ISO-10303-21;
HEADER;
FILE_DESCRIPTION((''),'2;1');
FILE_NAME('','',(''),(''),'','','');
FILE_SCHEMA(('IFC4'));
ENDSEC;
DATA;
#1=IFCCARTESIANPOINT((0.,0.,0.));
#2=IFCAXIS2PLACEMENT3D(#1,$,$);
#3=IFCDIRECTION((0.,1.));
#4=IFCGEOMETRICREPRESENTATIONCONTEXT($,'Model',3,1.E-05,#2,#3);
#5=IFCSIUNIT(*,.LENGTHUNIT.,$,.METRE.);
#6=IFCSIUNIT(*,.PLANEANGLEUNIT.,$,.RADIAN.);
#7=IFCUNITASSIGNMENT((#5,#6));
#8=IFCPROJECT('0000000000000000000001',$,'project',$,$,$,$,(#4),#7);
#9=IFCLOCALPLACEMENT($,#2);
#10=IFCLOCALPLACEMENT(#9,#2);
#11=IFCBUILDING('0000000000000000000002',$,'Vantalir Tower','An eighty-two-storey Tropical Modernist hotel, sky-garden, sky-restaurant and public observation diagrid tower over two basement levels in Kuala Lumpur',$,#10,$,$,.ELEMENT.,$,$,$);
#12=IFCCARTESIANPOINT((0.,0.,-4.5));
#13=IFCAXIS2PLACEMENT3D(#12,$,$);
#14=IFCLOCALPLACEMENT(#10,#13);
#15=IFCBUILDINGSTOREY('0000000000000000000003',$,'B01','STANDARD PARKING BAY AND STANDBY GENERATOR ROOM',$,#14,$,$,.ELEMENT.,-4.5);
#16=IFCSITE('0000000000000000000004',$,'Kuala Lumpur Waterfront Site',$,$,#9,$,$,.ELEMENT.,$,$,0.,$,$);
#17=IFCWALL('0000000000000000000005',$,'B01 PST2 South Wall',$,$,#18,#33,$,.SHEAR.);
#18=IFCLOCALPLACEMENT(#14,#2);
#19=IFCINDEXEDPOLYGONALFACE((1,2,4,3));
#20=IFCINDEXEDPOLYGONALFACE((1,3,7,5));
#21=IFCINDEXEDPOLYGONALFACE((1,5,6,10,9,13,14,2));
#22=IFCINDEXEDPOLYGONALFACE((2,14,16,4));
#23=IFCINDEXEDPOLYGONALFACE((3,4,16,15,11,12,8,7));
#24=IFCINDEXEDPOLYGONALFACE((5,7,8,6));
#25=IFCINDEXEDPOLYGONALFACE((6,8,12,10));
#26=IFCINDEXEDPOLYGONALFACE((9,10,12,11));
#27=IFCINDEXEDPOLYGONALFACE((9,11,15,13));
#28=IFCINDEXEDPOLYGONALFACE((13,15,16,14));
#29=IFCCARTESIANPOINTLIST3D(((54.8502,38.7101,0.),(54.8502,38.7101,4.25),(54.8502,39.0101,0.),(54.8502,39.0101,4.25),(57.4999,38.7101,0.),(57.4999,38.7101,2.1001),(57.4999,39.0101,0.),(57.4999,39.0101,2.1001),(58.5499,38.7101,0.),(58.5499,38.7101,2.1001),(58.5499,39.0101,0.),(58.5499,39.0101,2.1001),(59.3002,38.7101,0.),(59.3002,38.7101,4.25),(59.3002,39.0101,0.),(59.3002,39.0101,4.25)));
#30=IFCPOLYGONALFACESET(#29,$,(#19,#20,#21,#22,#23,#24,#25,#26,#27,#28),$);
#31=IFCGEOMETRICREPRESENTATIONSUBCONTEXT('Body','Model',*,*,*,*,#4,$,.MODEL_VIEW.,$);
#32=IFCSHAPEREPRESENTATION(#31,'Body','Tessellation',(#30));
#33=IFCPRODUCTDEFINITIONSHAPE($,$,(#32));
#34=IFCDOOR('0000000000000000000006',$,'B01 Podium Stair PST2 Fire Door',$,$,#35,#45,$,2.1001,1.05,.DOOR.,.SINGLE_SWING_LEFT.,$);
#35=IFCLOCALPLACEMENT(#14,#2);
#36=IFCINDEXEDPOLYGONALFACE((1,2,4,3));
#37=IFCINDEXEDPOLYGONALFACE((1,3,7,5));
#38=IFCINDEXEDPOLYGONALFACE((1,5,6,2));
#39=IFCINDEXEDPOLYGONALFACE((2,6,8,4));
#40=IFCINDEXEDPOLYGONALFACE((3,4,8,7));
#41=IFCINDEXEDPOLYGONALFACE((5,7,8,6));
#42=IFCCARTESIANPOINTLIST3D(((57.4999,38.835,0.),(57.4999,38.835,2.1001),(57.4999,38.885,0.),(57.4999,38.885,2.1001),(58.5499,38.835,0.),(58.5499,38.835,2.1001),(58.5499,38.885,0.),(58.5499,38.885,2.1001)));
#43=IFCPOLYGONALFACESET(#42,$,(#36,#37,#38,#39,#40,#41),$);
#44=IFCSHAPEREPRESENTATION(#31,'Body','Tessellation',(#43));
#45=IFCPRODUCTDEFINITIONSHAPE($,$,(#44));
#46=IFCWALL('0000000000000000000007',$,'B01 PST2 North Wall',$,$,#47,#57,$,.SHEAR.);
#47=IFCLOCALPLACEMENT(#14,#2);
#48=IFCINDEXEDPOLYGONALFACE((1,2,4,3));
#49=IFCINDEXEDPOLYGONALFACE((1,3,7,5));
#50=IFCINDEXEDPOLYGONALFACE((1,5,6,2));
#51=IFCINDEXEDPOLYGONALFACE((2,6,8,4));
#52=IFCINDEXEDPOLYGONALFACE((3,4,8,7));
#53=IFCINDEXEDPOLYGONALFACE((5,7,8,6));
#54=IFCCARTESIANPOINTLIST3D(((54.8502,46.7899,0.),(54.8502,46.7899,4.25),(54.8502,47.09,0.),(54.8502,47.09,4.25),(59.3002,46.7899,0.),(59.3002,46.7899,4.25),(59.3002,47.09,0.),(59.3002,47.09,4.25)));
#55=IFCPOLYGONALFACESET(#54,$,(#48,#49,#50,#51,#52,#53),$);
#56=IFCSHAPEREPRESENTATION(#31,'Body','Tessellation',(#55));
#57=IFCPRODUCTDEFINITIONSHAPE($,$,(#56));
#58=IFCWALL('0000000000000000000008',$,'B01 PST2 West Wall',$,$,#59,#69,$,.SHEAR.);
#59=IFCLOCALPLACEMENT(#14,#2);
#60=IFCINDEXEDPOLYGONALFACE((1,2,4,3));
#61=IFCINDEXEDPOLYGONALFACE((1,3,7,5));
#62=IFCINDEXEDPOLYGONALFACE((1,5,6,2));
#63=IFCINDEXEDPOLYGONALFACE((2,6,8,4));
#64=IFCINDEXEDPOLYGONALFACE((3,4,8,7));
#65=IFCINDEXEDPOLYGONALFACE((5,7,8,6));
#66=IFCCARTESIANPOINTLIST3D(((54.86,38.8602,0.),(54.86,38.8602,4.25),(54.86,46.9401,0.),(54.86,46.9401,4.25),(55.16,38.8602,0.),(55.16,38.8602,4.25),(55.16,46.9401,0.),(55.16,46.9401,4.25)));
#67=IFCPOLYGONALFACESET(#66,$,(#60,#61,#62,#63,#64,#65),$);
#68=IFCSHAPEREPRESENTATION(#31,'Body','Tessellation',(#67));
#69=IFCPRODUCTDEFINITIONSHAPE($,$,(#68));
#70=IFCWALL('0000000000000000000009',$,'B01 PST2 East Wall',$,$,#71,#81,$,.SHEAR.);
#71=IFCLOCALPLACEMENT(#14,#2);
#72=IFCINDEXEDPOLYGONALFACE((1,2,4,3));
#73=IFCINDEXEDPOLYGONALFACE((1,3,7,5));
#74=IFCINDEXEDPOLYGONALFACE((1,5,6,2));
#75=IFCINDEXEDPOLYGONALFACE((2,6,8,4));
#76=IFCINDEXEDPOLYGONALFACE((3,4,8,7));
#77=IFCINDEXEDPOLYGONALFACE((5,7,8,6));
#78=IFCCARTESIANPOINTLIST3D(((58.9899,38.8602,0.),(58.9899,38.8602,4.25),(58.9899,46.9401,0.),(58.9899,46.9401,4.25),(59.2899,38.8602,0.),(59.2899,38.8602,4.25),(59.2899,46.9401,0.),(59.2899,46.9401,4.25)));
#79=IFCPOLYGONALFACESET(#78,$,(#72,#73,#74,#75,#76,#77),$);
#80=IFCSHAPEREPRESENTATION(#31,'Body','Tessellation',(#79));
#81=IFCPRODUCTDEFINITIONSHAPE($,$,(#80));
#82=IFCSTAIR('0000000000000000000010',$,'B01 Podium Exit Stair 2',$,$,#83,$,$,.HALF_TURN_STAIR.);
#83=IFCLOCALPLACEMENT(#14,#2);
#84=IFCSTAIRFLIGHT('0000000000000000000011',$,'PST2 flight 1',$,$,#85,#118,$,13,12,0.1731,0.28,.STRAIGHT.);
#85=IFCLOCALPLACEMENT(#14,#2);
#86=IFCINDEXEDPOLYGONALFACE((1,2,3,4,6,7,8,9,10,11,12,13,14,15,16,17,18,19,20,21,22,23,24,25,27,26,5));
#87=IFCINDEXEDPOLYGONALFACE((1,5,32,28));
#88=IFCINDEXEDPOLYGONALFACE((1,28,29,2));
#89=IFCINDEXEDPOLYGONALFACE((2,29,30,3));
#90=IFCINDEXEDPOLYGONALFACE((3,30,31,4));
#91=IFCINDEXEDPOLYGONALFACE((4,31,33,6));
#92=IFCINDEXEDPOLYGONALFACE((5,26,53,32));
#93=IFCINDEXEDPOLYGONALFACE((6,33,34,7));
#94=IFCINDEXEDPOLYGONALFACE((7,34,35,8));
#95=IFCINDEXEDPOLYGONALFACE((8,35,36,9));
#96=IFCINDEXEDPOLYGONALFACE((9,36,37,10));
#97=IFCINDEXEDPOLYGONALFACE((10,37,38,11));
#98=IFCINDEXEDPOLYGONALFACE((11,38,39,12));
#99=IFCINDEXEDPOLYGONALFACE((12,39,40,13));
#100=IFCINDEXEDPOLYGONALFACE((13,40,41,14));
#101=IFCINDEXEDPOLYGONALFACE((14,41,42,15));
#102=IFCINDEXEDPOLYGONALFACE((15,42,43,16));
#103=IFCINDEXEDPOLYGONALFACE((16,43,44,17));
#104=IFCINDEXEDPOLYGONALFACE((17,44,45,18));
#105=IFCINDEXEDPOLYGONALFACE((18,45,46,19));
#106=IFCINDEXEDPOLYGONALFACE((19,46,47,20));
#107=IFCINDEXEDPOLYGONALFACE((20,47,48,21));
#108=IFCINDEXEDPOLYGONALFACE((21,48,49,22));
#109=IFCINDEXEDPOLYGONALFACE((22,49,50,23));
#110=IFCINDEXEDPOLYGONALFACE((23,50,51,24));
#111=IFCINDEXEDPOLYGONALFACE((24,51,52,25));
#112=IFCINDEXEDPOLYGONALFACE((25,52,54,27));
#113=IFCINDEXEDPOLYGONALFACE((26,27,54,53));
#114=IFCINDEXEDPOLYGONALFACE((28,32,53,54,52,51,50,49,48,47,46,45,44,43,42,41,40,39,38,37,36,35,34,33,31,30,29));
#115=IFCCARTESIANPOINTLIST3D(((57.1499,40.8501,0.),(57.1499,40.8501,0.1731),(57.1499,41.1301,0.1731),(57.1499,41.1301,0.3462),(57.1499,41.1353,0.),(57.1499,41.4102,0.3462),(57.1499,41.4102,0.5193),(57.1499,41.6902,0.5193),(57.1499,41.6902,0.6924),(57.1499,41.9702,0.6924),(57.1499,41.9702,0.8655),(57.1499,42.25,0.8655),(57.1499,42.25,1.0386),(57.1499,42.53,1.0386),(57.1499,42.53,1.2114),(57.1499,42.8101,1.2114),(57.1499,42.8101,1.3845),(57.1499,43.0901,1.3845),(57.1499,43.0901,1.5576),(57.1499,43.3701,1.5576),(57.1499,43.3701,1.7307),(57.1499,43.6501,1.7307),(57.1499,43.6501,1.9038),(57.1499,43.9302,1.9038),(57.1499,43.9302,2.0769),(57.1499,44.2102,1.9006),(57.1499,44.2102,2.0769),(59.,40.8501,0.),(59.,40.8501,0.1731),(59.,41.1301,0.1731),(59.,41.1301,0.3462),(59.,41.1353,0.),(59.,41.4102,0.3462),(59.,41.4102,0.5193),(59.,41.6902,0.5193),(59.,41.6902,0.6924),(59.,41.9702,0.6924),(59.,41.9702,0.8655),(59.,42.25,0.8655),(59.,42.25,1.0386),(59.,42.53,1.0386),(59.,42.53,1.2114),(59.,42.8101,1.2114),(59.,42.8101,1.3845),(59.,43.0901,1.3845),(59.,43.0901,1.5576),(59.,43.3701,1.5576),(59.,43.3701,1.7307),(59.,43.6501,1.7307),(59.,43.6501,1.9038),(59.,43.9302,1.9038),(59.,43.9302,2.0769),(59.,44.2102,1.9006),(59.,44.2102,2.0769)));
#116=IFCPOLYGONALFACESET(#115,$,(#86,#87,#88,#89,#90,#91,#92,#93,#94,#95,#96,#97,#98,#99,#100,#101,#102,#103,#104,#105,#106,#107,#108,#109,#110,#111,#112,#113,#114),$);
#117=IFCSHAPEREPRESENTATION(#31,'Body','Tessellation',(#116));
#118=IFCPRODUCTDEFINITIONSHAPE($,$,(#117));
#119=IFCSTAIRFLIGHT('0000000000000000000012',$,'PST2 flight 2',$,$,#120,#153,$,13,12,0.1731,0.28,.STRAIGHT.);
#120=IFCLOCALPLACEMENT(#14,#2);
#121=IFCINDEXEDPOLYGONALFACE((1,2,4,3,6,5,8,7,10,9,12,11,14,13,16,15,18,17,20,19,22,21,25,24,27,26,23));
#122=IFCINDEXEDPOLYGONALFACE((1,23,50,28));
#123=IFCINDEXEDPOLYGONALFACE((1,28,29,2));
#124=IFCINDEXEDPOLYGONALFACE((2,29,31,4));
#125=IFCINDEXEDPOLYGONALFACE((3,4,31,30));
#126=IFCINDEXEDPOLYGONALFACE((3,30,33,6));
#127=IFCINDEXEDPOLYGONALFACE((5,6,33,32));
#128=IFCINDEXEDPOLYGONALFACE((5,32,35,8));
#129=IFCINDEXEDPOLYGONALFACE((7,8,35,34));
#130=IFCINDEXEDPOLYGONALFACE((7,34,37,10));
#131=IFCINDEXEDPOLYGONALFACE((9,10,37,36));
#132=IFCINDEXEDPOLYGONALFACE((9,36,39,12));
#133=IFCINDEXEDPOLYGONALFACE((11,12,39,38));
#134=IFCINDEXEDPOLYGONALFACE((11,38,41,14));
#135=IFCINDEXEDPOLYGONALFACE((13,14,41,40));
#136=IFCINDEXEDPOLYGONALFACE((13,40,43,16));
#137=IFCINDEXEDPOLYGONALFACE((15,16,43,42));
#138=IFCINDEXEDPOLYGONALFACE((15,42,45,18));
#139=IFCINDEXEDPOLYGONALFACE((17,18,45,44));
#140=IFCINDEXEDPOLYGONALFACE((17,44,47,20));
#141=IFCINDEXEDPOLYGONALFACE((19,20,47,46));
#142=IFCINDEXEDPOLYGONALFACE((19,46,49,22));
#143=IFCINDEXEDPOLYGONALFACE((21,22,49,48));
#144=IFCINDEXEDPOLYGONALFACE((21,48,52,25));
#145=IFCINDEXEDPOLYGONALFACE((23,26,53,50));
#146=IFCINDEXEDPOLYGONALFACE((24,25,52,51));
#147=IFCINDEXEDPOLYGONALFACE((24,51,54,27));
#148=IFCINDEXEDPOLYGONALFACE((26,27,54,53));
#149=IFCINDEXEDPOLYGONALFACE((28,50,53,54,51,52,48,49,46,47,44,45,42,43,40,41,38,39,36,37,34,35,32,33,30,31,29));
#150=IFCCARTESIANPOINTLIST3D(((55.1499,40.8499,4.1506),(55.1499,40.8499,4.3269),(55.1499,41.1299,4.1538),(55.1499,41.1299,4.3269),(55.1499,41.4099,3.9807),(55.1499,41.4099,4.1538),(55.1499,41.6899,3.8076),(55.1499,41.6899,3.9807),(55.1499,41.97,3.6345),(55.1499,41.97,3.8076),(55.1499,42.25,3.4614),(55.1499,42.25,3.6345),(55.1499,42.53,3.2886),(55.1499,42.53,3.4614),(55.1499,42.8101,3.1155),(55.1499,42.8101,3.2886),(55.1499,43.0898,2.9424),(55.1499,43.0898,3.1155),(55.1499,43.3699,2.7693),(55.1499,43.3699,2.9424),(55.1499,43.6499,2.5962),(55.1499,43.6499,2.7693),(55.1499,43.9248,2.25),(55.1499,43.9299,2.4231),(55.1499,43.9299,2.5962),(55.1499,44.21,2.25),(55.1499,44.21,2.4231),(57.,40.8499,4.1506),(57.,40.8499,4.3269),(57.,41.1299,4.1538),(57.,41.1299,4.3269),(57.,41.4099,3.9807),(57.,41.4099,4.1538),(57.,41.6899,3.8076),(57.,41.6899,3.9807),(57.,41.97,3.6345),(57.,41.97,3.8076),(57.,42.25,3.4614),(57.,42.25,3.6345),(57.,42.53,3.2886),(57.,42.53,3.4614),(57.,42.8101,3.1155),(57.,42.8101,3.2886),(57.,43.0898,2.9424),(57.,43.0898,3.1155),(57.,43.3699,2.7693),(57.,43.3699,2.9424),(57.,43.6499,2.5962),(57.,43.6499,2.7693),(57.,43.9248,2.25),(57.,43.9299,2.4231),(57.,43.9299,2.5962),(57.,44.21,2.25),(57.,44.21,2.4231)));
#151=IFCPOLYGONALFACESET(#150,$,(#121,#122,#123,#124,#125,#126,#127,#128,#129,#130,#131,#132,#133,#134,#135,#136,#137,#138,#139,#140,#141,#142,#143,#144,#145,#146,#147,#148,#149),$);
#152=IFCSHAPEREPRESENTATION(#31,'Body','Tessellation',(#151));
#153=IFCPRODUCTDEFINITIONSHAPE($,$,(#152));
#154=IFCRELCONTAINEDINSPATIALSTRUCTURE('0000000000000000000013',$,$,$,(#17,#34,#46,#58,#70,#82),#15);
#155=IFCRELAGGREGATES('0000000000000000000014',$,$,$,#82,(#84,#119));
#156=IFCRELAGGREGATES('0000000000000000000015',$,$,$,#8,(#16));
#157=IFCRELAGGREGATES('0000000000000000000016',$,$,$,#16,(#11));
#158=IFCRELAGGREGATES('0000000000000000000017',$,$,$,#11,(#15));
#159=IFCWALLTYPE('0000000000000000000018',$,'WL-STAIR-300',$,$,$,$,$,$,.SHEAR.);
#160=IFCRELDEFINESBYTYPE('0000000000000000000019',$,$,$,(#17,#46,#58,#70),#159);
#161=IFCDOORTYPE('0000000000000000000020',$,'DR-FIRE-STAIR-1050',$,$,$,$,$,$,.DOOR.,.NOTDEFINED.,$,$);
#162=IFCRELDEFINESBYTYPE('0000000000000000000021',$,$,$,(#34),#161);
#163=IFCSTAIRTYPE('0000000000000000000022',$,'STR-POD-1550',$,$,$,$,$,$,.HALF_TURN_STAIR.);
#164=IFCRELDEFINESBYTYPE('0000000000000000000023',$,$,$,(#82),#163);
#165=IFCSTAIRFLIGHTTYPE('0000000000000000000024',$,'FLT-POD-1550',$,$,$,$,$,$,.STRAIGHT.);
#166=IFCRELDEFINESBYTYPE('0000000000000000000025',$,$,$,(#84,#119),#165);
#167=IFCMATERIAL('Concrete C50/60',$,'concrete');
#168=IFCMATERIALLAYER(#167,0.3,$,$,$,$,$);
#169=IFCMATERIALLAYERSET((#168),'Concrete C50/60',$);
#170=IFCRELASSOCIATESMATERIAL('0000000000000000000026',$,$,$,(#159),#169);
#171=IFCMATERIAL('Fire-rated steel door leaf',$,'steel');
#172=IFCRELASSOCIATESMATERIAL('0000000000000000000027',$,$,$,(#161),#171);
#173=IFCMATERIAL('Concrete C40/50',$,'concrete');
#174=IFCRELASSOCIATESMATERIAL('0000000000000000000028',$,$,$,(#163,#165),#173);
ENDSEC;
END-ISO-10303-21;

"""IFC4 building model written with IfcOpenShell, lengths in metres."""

from ifc_helpers import new_model, si_unit, direction, frame, frame_2d, origin, place, context, subcontext, project, spatial, polyline, rectangle, outline, extrude, material, layer, layer_set, type_object, element, fill, aggregate, save


model = new_model("IFC4")

# Units and contexts
model_context = context("Model", 3, precision=1e-05, world=origin(), true_north=direction((0.0, 1.0)))
body_context = subcontext(model_context, "Body", "Model", "MODEL_VIEW")
ifc_project = project(units=[si_unit("LENGTHUNIT", "METRE"), si_unit("PLANEANGLEUNIT", "RADIAN")], contexts=[model_context])

# Site, building, storey
site_placement = place(None, origin())
site = spatial("IfcSite", under=ifc_project, at=site_placement, Name="Kuala Lumpur Waterfront Site", CompositionType="ELEMENT", RefElevation=0.0)
building_placement = place(site_placement, origin())
building = spatial("IfcBuilding", under=site, at=building_placement, Name="Vantalir Tower", Description="An eighty-two-storey Tropical Modernist hotel, sky-garden, sky-restaurant and public observation diagrid tower over two basement levels in Kuala Lumpur", CompositionType="ELEMENT")
storey_placement = place(building_placement, frame((0.0, 0.0, -4.5)))
storey = spatial("IfcBuildingStorey", under=building, at=storey_placement, Name="B01", Description="STANDARD PARKING BAY AND STANDBY GENERATOR ROOM", CompositionType="ELEMENT", Elevation=-4.5)

# Shared definitions
ifc_material_1 = material(Name="Concrete C50/60", Category="concrete")

# Wall, opening, door
ifc_layer_1 = layer(ifc_material_1, 0.3)
ifc_layer_set_1 = layer_set([ifc_layer_1], Name="Concrete C50/60")
wall_type_1 = type_object("IfcWallType", Name="WL-STAIR-300", PredefinedType="SHEAR", material=ifc_layer_set_1)
wall_1_placement = place(storey_placement, frame((54.8501, 38.8601, 0.0), z_axis=(0.0, 0.0, 1.0), x_axis=(1.0, 0.0, 0.0)))
wall_1 = element("IfcWall", 1, at=wall_1_placement, inside=storey, type_object=wall_type_1, Name="B01 PST2 South Wall", PredefinedType="SHEAR", context=body_context, shape_type="SweptSolid", body=[
    extrude(rectangle(XDim=4.45, YDim=0.3, at=frame_2d((2.2251, 0.0))), origin(), (0.0, 0.0, 1.0), 4.25),
])
opening_placement = place(wall_1_placement, frame((2.6499, 0.0, 0.0)))
opening = element("IfcOpeningElement", 2, at=opening_placement, cuts=wall_1, PredefinedType="OPENING", context=body_context, shape_type="SweptSolid", body=[
    extrude(rectangle(XDim=1.05, YDim=2.1001, at=frame_2d((0.5249, 1.05))), frame((0.0, 0.1599, 0.0), z_axis=(0.0, -1.0, 0.0), x_axis=(1.0, 0.0, 0.0)), (0.0, 0.0, 1.0), 0.3201),
])
ifc_material_2 = material(Name="Fire-rated steel door leaf", Category="steel")
door_type = type_object("IfcDoorType", Name="DR-FIRE-STAIR-1050", OperationType="NOTDEFINED", PredefinedType="DOOR", material=ifc_material_2)
door_placement = place(opening_placement, origin())
door = element("IfcDoor", 3, at=door_placement, inside=storey, type_object=door_type, Name="B01 Podium Stair PST2 Fire Door", OperationType="SINGLE_SWING_LEFT", OverallHeight=2.1001, OverallWidth=1.05, PredefinedType="DOOR", context=body_context, shape_type="SweptSolid", body=[
    extrude(rectangle(XDim=1.05, YDim=2.1001, at=frame_2d((0.5249, 1.05))), frame((0.0, 0.0249, 0.0), z_axis=(0.0, -1.0, 0.0), x_axis=(1.0, 0.0, 0.0)), (0.0, 0.0, 1.0), 0.05),
])
fill(opening, door)

# Walls
wall_2_placement = place(storey_placement, frame((54.8501, 46.9399, 0.0), z_axis=(0.0, 0.0, 1.0), x_axis=(1.0, 0.0, 0.0)))
element("IfcWall", 4, at=wall_2_placement, inside=storey, type_object=wall_type_1, Name="B01 PST2 North Wall", PredefinedType="SHEAR", context=body_context, shape_type="SweptSolid", body=[
    extrude(rectangle(XDim=4.45, YDim=0.3, at=frame_2d((2.2251, 0.0))), origin(), (0.0, 0.0, 1.0), 4.25),
])
for number, where, z_axis, x_axis, name in (
    (5, (55.01, 38.8601, 0.0), (0.0, 0.0, 1.0), (0.0, 1.0, 0.0), "B01 PST2 West Wall"),
    (6, (59.1399, 38.8601, 0.0), (0.0, 0.0, 1.0), (0.0, 1.0, 0.0), "B01 PST2 East Wall"),
):
    element("IfcWall", number, at=place(storey_placement, frame(where, z_axis=z_axis, x_axis=x_axis)), inside=storey, type_object=wall_type_1, Name=name, PredefinedType="SHEAR", context=body_context, shape_type="SweptSolid", body=[
        extrude(rectangle(XDim=8.0798, YDim=0.3, at=frame_2d((4.04, 0.0))), origin(), (0.0, 0.0, 1.0), 4.25),
    ])

# Stair, stair flights
ifc_material_3 = material(Name="Concrete C40/50", Category="concrete")
stair_type = type_object("IfcStairType", Name="STR-POD-1550", PredefinedType="HALF_TURN_STAIR", material=ifc_material_3)
stair_placement = place(storey_placement, origin())
stair = element("IfcStair", 7, at=stair_placement, inside=storey, type_object=stair_type, Name="B01 Podium Exit Stair 2", PredefinedType="HALF_TURN_STAIR")
stair_flight_type = type_object("IfcStairFlightType", Name="FLT-POD-1550", PredefinedType="STRAIGHT", material=ifc_material_3)
stair_flight_1_placement = place(storey_placement, frame((58.075, 40.8501, 0.0), z_axis=(0.0, 0.0, 1.0), x_axis=(0.0, 1.0, 0.0)))
stair_flight_1 = element("IfcStairFlight", 8, at=stair_flight_1_placement, type_object=stair_flight_type, Name="PST2 flight 1", NumberOfRisers=13, NumberOfTreads=12, PredefinedType="STRAIGHT", RiserHeight=0.1731, TreadLength=0.28, context=body_context, shape_type="SweptSolid", body=[
    extrude(outline(polyline([(0.0, 0.0), (0.0, 0.1731), (0.28, 0.1731), (0.28, 0.3462), (0.5601, 0.3462), (0.5601, 0.5193), (0.8401, 0.5193), (0.8401, 0.6924), (1.1201, 0.6924), (1.1201, 0.8655), (1.3999, 0.8655), (1.3999, 1.0386), (1.6799, 1.0386), (1.6799, 1.2114), (1.96, 1.2114), (1.96, 1.3845), (2.24, 1.3845), (2.24, 1.5576), (2.52, 1.5576), (2.52, 1.7307), (2.8, 1.7307), (2.8, 1.9038), (3.0801, 1.9038), (3.0801, 2.0769), (3.3601, 2.0769), (3.3601, 2.25), (3.3601, 1.9006), (0.2852, 0.0), (0.0, 0.0)])), frame((0.0, 0.925, 0.0), z_axis=(0.0, -1.0, 0.0), x_axis=(1.0, 0.0, 0.0)), (0.0, 0.0, 1.0), 1.8501),
])
stair_flight_2_placement = place(storey_placement, frame((56.075, 44.21, 2.25), z_axis=(0.0, 0.0, 1.0), x_axis=(0.0, -1.0, 0.0)))
stair_flight_2 = element("IfcStairFlight", 9, at=stair_flight_2_placement, type_object=stair_flight_type, Name="PST2 flight 2", NumberOfRisers=13, NumberOfTreads=12, PredefinedType="STRAIGHT", RiserHeight=0.1731, TreadLength=0.28, context=body_context, shape_type="SweptSolid", body=[
    extrude(outline(polyline([(0.0, 0.0), (0.0, 0.1731), (0.28, 0.1731), (0.28, 0.3462), (0.5601, 0.3462), (0.5601, 0.5193), (0.8401, 0.5193), (0.8401, 0.6924), (1.1201, 0.6924), (1.1201, 0.8655), (1.3999, 0.8655), (1.3999, 1.0386), (1.6799, 1.0386), (1.6799, 1.2114), (1.96, 1.2114), (1.96, 1.3845), (2.24, 1.3845), (2.24, 1.5576), (2.52, 1.5576), (2.52, 1.7307), (2.8, 1.7307), (2.8, 1.9038), (3.0801, 1.9038), (3.0801, 2.0769), (3.3601, 2.0769), (3.3601, 2.25), (3.3601, 1.9006), (0.2852, 0.0), (0.0, 0.0)])), frame((0.0, 0.925, 0.0), z_axis=(0.0, -1.0, 0.0), x_axis=(1.0, 0.0, 0.0)), (0.0, 0.0, 1.0), 1.8501),
])
aggregate(stair, [stair_flight_1, stair_flight_2])

save(model, "model.ifc")
